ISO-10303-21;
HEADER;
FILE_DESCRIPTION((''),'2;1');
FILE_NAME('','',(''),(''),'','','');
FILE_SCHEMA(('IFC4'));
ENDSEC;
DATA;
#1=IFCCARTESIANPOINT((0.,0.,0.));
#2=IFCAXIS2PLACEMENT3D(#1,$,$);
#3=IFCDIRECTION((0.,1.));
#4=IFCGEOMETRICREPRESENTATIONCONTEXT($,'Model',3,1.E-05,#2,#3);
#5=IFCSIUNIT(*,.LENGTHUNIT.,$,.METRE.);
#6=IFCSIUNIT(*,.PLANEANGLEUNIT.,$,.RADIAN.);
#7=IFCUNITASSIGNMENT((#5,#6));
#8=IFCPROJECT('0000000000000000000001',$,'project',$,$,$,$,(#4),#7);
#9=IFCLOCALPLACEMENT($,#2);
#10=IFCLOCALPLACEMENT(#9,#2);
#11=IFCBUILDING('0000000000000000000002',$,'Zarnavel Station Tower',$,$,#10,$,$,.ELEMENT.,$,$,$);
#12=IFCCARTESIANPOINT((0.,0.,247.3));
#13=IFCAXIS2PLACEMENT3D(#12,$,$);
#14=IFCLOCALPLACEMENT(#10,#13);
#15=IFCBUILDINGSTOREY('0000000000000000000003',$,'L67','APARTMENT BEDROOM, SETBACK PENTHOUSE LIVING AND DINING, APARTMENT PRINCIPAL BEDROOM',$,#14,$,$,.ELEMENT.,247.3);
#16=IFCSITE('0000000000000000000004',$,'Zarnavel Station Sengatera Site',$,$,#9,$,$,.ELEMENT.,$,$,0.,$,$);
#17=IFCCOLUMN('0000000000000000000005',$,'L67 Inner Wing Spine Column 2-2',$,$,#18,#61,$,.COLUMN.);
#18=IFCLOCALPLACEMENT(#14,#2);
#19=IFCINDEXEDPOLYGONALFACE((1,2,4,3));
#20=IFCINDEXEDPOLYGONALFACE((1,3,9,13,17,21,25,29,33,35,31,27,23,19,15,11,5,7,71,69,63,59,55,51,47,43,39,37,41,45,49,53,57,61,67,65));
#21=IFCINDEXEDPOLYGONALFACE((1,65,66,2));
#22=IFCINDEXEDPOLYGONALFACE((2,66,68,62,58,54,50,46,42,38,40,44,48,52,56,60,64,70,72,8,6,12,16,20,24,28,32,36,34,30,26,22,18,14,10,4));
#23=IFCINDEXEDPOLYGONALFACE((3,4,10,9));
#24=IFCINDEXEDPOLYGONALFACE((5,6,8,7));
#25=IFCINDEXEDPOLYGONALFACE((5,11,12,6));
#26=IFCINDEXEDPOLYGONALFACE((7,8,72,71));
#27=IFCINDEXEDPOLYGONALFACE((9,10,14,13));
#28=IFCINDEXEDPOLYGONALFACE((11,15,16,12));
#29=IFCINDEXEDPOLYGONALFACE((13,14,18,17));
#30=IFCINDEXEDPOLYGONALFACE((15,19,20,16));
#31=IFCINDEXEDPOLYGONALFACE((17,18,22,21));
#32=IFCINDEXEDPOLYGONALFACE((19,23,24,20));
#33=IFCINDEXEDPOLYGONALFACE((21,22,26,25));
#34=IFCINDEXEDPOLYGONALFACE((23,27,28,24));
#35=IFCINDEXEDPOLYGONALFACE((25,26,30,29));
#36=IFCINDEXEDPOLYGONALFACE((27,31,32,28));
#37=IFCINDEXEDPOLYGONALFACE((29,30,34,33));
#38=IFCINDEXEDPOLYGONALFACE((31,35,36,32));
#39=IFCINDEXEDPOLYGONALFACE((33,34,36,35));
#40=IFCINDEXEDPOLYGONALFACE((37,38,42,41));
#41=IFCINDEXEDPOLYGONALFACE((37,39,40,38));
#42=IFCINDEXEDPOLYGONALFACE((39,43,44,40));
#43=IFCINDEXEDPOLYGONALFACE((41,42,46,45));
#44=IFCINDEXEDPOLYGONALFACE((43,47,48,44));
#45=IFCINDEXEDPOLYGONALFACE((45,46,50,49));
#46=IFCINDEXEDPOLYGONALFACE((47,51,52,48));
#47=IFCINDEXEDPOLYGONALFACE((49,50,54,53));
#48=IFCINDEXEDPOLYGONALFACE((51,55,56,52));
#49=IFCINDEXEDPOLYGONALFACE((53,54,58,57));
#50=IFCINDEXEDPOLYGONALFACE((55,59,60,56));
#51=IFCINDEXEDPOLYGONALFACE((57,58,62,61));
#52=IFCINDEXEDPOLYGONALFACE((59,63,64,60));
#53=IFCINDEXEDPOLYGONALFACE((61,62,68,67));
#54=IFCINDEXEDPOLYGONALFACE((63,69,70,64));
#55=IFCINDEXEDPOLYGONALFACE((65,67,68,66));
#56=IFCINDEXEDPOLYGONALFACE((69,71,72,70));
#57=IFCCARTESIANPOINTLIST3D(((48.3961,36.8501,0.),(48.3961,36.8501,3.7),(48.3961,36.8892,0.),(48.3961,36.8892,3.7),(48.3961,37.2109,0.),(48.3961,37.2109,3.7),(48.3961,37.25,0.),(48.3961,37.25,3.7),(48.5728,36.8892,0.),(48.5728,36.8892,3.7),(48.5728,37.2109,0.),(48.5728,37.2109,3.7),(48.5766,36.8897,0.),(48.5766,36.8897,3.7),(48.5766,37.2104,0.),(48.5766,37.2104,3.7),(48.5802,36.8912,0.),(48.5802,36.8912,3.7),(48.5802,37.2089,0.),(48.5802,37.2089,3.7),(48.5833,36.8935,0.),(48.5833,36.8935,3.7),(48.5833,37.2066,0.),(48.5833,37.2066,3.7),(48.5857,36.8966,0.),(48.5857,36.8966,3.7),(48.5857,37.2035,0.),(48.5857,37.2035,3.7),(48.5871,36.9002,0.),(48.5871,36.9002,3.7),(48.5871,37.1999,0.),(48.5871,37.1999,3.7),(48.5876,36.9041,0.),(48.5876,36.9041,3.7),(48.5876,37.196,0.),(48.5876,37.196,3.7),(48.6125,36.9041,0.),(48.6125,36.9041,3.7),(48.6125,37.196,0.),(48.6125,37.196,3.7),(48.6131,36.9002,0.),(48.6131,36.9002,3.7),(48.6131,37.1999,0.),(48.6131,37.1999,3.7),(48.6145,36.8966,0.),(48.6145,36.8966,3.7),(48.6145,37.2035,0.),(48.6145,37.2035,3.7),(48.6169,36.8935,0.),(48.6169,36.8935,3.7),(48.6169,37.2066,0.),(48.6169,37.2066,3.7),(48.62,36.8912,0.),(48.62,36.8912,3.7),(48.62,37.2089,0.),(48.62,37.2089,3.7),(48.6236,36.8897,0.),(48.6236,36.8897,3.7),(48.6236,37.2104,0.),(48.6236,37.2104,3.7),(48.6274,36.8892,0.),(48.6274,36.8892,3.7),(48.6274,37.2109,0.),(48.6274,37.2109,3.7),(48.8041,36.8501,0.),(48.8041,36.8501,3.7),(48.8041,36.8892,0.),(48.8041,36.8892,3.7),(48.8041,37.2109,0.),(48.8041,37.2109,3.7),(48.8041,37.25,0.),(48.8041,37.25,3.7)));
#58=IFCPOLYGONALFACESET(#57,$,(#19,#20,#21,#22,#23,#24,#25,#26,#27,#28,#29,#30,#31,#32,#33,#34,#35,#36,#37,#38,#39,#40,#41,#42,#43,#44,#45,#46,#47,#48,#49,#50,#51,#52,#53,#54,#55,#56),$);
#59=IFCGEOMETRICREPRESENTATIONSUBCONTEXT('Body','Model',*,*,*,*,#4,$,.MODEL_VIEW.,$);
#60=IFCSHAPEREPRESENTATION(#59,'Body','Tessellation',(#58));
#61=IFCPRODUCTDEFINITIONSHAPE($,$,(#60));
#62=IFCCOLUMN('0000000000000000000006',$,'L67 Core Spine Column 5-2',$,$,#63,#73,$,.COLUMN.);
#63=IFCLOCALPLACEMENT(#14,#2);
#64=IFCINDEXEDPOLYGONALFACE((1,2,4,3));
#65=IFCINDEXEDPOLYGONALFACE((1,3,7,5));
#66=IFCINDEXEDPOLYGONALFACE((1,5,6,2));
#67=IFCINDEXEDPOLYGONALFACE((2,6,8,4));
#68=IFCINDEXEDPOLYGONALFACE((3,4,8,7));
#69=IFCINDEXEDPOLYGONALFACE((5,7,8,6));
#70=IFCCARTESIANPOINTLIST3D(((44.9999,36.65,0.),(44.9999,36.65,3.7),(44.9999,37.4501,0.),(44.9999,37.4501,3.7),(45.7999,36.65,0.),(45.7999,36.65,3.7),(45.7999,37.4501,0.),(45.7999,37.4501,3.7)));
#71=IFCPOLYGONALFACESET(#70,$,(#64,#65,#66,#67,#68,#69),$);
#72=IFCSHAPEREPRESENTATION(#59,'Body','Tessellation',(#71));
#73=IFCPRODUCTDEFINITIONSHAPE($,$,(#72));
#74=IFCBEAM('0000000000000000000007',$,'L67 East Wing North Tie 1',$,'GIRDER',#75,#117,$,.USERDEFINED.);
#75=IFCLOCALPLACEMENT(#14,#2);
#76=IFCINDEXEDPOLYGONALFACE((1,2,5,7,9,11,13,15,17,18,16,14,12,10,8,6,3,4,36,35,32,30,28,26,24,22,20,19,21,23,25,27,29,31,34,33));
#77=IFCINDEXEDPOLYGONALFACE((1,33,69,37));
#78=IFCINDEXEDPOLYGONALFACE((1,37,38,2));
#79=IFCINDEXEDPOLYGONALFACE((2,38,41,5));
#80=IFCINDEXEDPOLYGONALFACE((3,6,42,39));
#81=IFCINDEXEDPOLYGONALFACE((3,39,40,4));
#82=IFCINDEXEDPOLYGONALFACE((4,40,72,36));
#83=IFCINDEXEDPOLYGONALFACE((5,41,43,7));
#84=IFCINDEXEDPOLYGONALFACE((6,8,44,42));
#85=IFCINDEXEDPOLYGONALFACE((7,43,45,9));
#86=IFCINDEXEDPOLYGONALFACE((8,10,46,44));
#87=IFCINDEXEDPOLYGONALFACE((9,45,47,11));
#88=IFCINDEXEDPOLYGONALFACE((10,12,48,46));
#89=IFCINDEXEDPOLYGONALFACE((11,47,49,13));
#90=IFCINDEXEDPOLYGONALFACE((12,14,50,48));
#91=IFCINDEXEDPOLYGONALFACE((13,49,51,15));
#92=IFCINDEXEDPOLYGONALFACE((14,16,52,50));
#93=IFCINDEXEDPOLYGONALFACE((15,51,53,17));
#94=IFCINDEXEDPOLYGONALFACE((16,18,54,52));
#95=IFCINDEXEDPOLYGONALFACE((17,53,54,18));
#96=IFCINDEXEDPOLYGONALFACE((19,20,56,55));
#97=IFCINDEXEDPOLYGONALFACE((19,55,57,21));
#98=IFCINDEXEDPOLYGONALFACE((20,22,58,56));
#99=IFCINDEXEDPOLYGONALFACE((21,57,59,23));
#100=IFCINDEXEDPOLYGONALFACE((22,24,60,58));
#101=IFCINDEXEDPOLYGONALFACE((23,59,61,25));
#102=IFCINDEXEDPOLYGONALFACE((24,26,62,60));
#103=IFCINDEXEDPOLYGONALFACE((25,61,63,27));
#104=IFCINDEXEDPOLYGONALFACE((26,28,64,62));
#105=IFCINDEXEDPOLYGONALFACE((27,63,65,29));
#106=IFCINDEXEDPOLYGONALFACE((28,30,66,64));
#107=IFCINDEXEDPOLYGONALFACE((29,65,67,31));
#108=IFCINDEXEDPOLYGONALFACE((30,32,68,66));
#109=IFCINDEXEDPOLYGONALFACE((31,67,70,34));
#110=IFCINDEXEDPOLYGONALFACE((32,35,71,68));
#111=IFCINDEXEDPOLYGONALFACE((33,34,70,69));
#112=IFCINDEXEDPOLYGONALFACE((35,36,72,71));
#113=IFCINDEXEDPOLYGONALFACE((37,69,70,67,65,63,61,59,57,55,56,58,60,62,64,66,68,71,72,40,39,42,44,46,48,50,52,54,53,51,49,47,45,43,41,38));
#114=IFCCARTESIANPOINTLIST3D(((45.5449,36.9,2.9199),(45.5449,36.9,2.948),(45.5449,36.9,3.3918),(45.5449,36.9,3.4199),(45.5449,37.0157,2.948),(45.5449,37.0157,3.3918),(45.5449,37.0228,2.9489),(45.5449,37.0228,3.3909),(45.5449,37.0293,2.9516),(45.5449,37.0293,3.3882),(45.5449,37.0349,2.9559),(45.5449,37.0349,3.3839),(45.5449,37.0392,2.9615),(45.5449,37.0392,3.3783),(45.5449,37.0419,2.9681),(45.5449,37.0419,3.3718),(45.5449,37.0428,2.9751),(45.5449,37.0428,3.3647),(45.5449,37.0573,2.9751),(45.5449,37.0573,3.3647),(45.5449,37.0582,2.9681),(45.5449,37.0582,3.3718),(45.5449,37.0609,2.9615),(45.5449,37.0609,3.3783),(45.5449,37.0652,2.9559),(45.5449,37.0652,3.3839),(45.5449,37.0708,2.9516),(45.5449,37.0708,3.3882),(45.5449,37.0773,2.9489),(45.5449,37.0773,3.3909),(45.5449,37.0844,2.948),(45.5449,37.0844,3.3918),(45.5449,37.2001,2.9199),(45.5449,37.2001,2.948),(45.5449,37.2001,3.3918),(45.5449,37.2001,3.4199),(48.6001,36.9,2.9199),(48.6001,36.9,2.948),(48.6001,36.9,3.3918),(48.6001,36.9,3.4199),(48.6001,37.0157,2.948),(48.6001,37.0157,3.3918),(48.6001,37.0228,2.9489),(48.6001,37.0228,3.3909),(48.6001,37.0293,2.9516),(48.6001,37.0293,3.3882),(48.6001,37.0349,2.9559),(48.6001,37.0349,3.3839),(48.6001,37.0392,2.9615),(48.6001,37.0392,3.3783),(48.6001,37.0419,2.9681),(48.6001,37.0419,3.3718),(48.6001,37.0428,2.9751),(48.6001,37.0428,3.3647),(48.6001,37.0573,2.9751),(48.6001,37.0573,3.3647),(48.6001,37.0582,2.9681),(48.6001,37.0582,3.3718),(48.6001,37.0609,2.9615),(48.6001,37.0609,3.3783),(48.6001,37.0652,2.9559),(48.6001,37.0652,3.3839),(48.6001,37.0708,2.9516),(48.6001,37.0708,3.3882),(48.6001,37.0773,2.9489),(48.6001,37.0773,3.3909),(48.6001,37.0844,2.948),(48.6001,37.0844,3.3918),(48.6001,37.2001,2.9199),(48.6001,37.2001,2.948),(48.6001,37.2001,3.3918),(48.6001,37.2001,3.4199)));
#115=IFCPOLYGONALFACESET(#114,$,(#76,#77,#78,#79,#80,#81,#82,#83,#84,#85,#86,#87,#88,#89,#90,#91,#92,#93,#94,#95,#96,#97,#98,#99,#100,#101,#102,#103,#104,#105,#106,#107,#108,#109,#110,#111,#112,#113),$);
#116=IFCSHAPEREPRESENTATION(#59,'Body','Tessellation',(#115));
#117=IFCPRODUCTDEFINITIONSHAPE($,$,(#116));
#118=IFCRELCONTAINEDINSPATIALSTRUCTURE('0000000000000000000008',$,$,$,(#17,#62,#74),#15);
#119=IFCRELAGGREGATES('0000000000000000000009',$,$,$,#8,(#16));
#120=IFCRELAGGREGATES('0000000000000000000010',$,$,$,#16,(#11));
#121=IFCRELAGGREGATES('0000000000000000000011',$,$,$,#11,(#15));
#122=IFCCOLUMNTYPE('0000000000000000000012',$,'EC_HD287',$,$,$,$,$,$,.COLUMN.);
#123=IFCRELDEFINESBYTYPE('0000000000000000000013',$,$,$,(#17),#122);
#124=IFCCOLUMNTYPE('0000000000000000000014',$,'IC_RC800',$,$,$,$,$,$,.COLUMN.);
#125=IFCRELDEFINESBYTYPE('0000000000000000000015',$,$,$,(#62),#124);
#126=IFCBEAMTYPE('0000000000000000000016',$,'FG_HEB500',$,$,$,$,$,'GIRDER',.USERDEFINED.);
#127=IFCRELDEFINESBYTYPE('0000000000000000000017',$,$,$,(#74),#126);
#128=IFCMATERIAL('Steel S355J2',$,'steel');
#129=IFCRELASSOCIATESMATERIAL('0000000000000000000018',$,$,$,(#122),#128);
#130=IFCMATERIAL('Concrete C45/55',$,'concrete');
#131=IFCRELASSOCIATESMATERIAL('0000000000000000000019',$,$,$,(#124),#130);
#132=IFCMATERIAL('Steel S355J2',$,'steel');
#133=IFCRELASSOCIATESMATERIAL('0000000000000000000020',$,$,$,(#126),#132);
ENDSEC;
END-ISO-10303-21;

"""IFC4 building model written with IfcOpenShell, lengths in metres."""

from ifc_helpers import new_model, si_unit, direction, frame, origin, origin_2d, place, context, subcontext, project, spatial, rectangle, i_section, extrude, material, material_profile, profile_set, type_object, element, save


model = new_model("IFC4")

# Units and contexts
model_context = context("Model", 3, precision=1e-05, world=origin(), true_north=direction((0.0, 1.0)))
body_context = subcontext(model_context, "Body", "Model", "MODEL_VIEW")
ifc_project = project(units=[si_unit("LENGTHUNIT", "METRE"), si_unit("PLANEANGLEUNIT", "RADIAN")], contexts=[model_context])

# Site, building, storey
site_placement = place(None, origin())
site = spatial("IfcSite", under=ifc_project, at=site_placement, Name="Zarnavel Station Sengatera Site", CompositionType="ELEMENT", RefElevation=0.0)
building_placement = place(site_placement, origin())
building = spatial("IfcBuilding", under=site, at=building_placement, Name="Zarnavel Station Tower", CompositionType="ELEMENT")
storey_placement = place(building_placement, frame((0.0, 0.0, 247.3)))
storey = spatial("IfcBuildingStorey", under=building, at=storey_placement, Name="L67", Description="APARTMENT BEDROOM, SETBACK PENTHOUSE LIVING AND DINING, APARTMENT PRINCIPAL BEDROOM", CompositionType="ELEMENT", Elevation=247.3)

# Columns
ifc_material_1 = material(Name="Steel S355J2", Category="steel")
ifc_material_profile_1 = material_profile(ifc_material_1, i_section(OverallWidth=0.408, OverallDepth=0.3999, WebThickness=0.0249, FlangeThickness=0.0391, FilletRadius=0.0149, at=origin_2d()), Name="HD400x287")
ifc_profile_set_1 = profile_set([ifc_material_profile_1], Name="Steel S355J2")
column_type_1 = type_object("IfcColumnType", Name="EC_HD287", PredefinedType="COLUMN", material=ifc_profile_set_1)
column_1_placement = place(storey_placement, frame((48.6001, 37.05, 0.0), z_axis=(0.0, 0.0, 1.0), x_axis=(1.0, 0.0, 0.0)))
element("IfcColumn", 1, at=column_1_placement, inside=storey, type_object=column_type_1, Name="L67 Inner Wing Spine Column 2-2", PredefinedType="COLUMN", context=body_context, shape_type="SweptSolid", body=[
    extrude(i_section(OverallWidth=0.408, OverallDepth=0.3999, WebThickness=0.0249, FlangeThickness=0.0391, FilletRadius=0.0149, at=origin_2d()), origin(), (0.0, 0.0, 1.0), 3.7),
])
ifc_material_2 = material(Name="Concrete C45/55", Category="concrete")
ifc_material_profile_2 = material_profile(ifc_material_2, rectangle(XDim=0.8, YDim=0.8, at=origin_2d()), Name="RC800x800")
ifc_profile_set_2 = profile_set([ifc_material_profile_2], Name="Concrete C45/55")
column_type_2 = type_object("IfcColumnType", Name="IC_RC800", PredefinedType="COLUMN", material=ifc_profile_set_2)
column_2_placement = place(storey_placement, frame((45.3999, 37.05, 0.0), z_axis=(0.0, 0.0, 1.0), x_axis=(1.0, 0.0, 0.0)))
element("IfcColumn", 2, at=column_2_placement, inside=storey, type_object=column_type_2, Name="L67 Core Spine Column 5-2", PredefinedType="COLUMN", context=body_context, shape_type="SweptSolid", body=[
    extrude(rectangle(XDim=0.8, YDim=0.8, at=origin_2d()), origin(), (0.0, 0.0, 1.0), 3.7),
])

# Beam
ifc_material_3 = material(Name="Steel S355J2", Category="steel")
ifc_material_profile_3 = material_profile(ifc_material_3, i_section(OverallWidth=0.3, OverallDepth=0.5, WebThickness=0.0144, FlangeThickness=0.0281, FilletRadius=0.0271, at=origin_2d()), Name="HEB500")
ifc_profile_set_3 = profile_set([ifc_material_profile_3], Name="Steel S355J2")
beam_type = type_object("IfcBeamType", Name="FG_HEB500", ElementType="GIRDER", PredefinedType="USERDEFINED", material=ifc_profile_set_3)
beam_placement = place(storey_placement, frame((45.5449, 37.05, 3.1699), z_axis=(1.0, 0.0, 0.0), x_axis=(0.0, 1.0, 0.0)))
element("IfcBeam", 3, at=beam_placement, inside=storey, type_object=beam_type, Name="L67 East Wing North Tie 1", ObjectType="GIRDER", PredefinedType="USERDEFINED", context=body_context, shape_type="SweptSolid", body=[
    extrude(i_section(OverallWidth=0.3, OverallDepth=0.5, WebThickness=0.0144, FlangeThickness=0.0281, FilletRadius=0.0271, at=origin_2d()), origin(), (0.0, 0.0, 1.0), 3.0552),
])

save(model, "model.ifc")
